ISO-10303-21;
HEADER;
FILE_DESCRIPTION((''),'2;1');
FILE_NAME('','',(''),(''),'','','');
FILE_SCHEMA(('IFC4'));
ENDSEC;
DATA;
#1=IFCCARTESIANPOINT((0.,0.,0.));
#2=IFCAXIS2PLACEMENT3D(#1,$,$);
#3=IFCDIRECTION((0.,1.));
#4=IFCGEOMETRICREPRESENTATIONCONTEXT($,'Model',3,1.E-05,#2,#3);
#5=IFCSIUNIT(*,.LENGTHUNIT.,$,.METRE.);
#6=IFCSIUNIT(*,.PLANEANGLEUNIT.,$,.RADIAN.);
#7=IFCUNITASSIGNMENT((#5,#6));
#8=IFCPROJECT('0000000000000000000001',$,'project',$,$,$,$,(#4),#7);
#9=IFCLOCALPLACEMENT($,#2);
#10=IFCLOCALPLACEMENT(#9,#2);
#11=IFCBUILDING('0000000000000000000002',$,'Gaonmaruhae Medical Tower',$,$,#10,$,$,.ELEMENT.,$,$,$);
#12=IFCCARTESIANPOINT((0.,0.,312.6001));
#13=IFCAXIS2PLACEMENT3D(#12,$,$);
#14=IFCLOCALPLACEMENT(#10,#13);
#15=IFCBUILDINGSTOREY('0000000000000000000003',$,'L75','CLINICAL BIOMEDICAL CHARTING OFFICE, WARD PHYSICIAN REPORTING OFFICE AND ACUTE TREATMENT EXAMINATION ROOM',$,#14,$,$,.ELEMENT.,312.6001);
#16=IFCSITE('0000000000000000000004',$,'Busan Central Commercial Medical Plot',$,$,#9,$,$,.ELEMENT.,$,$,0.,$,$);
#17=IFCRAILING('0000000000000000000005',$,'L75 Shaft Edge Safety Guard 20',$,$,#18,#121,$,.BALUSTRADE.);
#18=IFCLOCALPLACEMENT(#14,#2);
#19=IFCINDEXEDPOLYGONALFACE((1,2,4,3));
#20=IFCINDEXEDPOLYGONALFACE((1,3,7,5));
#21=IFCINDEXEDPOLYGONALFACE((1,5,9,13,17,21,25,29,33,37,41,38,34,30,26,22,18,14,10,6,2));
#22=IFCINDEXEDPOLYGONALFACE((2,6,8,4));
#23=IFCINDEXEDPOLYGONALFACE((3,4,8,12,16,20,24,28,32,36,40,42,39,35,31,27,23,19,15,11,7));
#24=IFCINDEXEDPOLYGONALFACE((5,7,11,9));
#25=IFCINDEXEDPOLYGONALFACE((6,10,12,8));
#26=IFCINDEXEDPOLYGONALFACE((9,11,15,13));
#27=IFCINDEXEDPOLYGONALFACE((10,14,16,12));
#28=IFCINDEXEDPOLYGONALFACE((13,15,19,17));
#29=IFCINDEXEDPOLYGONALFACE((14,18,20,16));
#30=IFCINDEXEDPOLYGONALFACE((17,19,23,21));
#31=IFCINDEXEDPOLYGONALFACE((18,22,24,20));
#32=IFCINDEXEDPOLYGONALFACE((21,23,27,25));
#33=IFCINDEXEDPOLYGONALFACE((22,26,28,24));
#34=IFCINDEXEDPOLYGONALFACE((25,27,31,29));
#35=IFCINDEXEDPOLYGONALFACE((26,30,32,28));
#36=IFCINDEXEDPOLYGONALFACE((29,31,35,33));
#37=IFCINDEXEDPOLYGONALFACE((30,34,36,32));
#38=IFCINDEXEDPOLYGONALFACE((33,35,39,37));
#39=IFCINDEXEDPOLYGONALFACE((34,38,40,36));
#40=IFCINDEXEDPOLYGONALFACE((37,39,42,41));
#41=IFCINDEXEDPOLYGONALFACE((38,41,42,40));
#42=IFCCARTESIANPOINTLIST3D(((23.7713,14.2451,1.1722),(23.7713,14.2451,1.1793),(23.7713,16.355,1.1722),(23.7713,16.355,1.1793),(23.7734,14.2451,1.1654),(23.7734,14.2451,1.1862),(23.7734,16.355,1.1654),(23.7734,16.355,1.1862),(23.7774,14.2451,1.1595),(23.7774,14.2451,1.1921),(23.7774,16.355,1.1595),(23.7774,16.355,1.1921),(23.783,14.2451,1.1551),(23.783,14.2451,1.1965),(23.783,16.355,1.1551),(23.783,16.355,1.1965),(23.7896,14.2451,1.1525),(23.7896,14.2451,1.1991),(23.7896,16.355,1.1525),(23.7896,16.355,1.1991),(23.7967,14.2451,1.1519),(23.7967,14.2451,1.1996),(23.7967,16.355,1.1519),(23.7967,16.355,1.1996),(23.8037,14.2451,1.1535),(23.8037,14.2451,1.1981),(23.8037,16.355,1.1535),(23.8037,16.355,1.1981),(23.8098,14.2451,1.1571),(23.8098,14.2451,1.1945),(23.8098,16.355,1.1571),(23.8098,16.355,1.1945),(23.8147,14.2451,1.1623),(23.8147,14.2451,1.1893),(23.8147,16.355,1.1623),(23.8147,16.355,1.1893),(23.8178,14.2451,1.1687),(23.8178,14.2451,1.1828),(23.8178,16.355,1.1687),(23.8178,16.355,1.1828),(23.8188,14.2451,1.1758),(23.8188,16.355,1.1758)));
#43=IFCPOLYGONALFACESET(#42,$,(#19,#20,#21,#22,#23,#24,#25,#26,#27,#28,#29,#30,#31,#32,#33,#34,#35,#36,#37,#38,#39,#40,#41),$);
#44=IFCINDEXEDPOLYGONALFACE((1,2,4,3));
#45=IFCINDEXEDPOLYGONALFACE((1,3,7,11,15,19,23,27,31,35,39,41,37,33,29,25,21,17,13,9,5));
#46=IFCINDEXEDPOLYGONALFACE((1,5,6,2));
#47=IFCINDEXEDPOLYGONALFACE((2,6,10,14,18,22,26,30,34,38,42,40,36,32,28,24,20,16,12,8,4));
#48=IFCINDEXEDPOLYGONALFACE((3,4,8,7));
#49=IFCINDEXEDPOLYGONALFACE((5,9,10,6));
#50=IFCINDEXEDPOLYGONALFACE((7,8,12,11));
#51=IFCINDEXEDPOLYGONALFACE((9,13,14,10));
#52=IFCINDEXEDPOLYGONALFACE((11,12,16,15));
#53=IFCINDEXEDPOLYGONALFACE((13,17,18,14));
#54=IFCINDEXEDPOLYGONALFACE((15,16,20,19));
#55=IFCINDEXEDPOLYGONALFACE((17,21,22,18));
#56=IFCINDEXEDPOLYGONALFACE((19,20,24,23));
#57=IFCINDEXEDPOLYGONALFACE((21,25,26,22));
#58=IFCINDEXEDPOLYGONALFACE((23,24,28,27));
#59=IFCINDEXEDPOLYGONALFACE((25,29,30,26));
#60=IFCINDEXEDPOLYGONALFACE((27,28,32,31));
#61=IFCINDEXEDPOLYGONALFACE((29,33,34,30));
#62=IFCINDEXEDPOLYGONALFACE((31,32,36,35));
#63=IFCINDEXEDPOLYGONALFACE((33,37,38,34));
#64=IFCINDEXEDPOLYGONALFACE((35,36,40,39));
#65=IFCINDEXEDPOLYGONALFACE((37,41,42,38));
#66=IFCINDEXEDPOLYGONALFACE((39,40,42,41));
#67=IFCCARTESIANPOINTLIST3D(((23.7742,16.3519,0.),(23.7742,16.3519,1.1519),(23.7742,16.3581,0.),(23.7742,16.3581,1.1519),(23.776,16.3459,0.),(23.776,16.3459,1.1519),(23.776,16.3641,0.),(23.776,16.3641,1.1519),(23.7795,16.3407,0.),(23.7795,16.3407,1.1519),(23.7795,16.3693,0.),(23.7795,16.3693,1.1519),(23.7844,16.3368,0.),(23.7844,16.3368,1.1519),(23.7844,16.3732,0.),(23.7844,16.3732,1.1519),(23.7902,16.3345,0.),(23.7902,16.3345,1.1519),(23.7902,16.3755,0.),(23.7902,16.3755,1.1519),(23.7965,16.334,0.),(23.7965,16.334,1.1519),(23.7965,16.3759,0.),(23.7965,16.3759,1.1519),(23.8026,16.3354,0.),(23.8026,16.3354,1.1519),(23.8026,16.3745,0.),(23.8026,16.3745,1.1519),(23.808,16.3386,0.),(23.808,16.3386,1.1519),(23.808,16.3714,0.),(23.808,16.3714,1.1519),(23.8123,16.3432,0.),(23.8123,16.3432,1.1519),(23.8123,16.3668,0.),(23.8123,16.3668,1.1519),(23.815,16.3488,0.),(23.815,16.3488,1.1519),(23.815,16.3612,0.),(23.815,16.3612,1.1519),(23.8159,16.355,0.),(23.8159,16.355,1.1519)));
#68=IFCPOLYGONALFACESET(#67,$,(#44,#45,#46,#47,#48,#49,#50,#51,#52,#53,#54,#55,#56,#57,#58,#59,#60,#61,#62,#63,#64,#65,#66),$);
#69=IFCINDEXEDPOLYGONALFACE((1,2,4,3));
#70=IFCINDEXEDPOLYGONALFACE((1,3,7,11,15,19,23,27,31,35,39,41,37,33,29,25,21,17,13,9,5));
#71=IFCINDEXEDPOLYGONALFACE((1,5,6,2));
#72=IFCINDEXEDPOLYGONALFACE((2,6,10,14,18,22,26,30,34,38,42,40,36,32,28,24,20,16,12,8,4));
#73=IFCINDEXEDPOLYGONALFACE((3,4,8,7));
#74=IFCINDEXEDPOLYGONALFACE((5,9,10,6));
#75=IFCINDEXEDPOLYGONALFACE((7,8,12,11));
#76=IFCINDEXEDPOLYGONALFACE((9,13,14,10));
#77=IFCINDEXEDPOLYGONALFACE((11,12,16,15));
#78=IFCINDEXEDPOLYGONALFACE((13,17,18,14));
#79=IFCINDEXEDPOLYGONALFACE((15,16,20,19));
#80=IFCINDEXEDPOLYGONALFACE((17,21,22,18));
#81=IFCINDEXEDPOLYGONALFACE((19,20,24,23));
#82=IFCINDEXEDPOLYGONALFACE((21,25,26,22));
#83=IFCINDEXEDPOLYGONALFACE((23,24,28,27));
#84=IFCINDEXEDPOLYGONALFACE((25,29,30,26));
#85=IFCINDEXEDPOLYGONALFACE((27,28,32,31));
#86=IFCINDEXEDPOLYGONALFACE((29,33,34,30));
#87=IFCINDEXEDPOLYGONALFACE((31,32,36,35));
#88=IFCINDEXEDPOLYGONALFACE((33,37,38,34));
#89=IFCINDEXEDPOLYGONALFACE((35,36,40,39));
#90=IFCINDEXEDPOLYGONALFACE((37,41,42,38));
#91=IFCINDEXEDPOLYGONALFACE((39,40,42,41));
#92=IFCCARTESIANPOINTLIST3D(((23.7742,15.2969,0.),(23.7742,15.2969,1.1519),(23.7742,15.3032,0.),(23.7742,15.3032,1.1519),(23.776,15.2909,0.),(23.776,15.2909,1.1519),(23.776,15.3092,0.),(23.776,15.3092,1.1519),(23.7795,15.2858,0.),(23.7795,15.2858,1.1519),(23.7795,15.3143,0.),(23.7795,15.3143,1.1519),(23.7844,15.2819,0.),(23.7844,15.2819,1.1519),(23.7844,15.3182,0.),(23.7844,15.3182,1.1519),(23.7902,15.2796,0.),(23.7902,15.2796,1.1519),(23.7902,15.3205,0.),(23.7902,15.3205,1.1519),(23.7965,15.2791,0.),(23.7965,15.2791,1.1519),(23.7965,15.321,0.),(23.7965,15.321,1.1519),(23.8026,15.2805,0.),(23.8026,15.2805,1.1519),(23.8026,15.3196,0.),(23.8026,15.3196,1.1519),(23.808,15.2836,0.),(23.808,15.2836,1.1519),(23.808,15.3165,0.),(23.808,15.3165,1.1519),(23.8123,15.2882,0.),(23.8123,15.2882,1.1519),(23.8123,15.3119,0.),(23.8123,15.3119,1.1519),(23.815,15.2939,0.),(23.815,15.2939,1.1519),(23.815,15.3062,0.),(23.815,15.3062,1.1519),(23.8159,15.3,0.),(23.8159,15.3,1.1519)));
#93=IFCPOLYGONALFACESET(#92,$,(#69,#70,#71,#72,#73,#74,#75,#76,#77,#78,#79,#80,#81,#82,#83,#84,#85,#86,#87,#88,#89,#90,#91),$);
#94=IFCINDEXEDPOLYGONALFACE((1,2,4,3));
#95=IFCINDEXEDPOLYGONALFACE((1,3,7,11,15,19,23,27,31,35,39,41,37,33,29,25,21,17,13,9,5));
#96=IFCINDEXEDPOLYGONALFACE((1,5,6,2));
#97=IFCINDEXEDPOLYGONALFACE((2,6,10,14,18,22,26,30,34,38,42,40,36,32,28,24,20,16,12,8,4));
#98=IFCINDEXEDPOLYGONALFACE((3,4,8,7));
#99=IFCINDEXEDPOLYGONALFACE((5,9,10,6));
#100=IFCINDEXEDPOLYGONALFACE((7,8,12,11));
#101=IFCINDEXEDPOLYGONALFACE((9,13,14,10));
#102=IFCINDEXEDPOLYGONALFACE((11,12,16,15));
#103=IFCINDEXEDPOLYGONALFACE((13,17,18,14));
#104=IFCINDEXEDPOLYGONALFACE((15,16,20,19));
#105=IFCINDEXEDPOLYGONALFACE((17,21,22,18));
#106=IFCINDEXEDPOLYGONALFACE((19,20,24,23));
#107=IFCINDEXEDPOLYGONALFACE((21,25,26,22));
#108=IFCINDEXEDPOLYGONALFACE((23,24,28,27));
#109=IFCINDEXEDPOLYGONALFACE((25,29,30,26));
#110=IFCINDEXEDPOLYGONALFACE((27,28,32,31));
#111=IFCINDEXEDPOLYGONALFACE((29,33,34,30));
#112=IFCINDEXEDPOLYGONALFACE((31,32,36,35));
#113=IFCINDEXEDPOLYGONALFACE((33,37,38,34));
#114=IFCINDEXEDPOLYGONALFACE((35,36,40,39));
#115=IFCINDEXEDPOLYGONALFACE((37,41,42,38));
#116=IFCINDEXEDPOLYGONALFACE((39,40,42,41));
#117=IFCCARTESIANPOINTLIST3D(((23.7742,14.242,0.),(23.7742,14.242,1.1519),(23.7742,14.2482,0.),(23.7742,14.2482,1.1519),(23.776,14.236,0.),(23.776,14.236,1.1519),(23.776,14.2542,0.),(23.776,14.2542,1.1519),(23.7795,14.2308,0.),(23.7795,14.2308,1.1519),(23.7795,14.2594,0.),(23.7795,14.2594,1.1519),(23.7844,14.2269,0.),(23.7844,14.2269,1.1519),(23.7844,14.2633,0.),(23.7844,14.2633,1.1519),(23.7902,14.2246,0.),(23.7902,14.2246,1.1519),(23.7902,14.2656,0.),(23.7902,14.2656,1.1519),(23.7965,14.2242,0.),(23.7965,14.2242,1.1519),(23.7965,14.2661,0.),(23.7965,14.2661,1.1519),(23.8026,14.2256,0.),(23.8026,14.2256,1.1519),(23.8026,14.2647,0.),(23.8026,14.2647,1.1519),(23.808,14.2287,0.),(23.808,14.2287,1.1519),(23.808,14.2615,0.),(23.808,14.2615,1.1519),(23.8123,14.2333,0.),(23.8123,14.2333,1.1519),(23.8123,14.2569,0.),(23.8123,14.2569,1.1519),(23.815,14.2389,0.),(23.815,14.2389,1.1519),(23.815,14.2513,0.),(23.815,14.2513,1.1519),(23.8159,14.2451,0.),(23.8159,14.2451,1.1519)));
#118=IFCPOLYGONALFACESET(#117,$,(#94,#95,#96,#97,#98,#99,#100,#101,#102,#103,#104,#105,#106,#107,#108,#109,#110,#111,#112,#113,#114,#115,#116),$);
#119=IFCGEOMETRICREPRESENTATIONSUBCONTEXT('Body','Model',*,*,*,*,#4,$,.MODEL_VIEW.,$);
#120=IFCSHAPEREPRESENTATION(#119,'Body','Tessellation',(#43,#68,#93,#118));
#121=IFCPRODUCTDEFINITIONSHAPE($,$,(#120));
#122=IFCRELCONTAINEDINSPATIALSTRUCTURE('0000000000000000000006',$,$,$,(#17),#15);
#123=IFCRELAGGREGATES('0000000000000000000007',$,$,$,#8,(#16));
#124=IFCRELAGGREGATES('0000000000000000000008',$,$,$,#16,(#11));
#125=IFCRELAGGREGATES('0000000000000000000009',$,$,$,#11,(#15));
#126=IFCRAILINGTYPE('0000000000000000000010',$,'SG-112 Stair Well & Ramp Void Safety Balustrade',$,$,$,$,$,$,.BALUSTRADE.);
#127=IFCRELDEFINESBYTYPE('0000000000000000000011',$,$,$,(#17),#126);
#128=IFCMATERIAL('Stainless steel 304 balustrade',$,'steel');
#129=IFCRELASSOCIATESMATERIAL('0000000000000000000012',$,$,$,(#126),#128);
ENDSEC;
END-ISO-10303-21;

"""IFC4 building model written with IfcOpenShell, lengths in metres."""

from ifc_helpers import new_model, si_unit, direction, frame, origin, origin_2d, place, context, subcontext, project, spatial, circle, extrude, material, type_object, element, save


model = new_model("IFC4")

# Units and contexts
model_context = context("Model", 3, precision=1e-05, world=origin(), true_north=direction((0.0, 1.0)))
body_context = subcontext(model_context, "Body", "Model", "MODEL_VIEW")
ifc_project = project(units=[si_unit("LENGTHUNIT", "METRE"), si_unit("PLANEANGLEUNIT", "RADIAN")], contexts=[model_context])

# Site, building, storey
site_placement = place(None, origin())
site = spatial("IfcSite", under=ifc_project, at=site_placement, Name="Busan Central Commercial Medical Plot", CompositionType="ELEMENT", RefElevation=0.0)
building_placement = place(site_placement, origin())
building = spatial("IfcBuilding", under=site, at=building_placement, Name="Gaonmaruhae Medical Tower", CompositionType="ELEMENT")
storey_placement = place(building_placement, frame((0.0, 0.0, 312.6001)))
storey = spatial("IfcBuildingStorey", under=building, at=storey_placement, Name="L75", Description="CLINICAL BIOMEDICAL CHARTING OFFICE, WARD PHYSICIAN REPORTING OFFICE AND ACUTE TREATMENT EXAMINATION ROOM", CompositionType="ELEMENT", Elevation=312.6001)

# Railing
ifc_material_1 = material(Name="Stainless steel 304 balustrade", Category="steel")
railing_type_1 = type_object("IfcRailingType", Name="SG-112 Stair Well & Ramp Void Safety Balustrade", PredefinedType="BALUSTRADE", material=ifc_material_1)
railing_1_placement = place(storey_placement, frame((23.7949, 16.355, 0.0)))
element("IfcRailing", 1, at=railing_1_placement, inside=storey, type_object=railing_type_1, Name="L75 Shaft Edge Safety Guard 20", PredefinedType="BALUSTRADE", context=body_context, shape_type="SweptSolid", body=[
    extrude(circle(Radius=0.0239, at=origin_2d()), frame((0.0, 0.0, 1.1758), z_axis=(0.0, -1.0, 0.0), x_axis=(1.0, 0.0, 0.0)), (0.0, 0.0, 1.0), 2.1099),
    extrude(circle(Radius=0.021, at=origin_2d()), origin(), (0.0, 0.0, 1.0), 1.1519),
    extrude(circle(Radius=0.021, at=origin_2d()), frame((0.0, -1.0549, 0.0)), (0.0, 0.0, 1.0), 1.1519),
    extrude(circle(Radius=0.021, at=origin_2d()), frame((0.0, -2.1099, 0.0)), (0.0, 0.0, 1.0), 1.1519),
])

save(model, "model.ifc")
